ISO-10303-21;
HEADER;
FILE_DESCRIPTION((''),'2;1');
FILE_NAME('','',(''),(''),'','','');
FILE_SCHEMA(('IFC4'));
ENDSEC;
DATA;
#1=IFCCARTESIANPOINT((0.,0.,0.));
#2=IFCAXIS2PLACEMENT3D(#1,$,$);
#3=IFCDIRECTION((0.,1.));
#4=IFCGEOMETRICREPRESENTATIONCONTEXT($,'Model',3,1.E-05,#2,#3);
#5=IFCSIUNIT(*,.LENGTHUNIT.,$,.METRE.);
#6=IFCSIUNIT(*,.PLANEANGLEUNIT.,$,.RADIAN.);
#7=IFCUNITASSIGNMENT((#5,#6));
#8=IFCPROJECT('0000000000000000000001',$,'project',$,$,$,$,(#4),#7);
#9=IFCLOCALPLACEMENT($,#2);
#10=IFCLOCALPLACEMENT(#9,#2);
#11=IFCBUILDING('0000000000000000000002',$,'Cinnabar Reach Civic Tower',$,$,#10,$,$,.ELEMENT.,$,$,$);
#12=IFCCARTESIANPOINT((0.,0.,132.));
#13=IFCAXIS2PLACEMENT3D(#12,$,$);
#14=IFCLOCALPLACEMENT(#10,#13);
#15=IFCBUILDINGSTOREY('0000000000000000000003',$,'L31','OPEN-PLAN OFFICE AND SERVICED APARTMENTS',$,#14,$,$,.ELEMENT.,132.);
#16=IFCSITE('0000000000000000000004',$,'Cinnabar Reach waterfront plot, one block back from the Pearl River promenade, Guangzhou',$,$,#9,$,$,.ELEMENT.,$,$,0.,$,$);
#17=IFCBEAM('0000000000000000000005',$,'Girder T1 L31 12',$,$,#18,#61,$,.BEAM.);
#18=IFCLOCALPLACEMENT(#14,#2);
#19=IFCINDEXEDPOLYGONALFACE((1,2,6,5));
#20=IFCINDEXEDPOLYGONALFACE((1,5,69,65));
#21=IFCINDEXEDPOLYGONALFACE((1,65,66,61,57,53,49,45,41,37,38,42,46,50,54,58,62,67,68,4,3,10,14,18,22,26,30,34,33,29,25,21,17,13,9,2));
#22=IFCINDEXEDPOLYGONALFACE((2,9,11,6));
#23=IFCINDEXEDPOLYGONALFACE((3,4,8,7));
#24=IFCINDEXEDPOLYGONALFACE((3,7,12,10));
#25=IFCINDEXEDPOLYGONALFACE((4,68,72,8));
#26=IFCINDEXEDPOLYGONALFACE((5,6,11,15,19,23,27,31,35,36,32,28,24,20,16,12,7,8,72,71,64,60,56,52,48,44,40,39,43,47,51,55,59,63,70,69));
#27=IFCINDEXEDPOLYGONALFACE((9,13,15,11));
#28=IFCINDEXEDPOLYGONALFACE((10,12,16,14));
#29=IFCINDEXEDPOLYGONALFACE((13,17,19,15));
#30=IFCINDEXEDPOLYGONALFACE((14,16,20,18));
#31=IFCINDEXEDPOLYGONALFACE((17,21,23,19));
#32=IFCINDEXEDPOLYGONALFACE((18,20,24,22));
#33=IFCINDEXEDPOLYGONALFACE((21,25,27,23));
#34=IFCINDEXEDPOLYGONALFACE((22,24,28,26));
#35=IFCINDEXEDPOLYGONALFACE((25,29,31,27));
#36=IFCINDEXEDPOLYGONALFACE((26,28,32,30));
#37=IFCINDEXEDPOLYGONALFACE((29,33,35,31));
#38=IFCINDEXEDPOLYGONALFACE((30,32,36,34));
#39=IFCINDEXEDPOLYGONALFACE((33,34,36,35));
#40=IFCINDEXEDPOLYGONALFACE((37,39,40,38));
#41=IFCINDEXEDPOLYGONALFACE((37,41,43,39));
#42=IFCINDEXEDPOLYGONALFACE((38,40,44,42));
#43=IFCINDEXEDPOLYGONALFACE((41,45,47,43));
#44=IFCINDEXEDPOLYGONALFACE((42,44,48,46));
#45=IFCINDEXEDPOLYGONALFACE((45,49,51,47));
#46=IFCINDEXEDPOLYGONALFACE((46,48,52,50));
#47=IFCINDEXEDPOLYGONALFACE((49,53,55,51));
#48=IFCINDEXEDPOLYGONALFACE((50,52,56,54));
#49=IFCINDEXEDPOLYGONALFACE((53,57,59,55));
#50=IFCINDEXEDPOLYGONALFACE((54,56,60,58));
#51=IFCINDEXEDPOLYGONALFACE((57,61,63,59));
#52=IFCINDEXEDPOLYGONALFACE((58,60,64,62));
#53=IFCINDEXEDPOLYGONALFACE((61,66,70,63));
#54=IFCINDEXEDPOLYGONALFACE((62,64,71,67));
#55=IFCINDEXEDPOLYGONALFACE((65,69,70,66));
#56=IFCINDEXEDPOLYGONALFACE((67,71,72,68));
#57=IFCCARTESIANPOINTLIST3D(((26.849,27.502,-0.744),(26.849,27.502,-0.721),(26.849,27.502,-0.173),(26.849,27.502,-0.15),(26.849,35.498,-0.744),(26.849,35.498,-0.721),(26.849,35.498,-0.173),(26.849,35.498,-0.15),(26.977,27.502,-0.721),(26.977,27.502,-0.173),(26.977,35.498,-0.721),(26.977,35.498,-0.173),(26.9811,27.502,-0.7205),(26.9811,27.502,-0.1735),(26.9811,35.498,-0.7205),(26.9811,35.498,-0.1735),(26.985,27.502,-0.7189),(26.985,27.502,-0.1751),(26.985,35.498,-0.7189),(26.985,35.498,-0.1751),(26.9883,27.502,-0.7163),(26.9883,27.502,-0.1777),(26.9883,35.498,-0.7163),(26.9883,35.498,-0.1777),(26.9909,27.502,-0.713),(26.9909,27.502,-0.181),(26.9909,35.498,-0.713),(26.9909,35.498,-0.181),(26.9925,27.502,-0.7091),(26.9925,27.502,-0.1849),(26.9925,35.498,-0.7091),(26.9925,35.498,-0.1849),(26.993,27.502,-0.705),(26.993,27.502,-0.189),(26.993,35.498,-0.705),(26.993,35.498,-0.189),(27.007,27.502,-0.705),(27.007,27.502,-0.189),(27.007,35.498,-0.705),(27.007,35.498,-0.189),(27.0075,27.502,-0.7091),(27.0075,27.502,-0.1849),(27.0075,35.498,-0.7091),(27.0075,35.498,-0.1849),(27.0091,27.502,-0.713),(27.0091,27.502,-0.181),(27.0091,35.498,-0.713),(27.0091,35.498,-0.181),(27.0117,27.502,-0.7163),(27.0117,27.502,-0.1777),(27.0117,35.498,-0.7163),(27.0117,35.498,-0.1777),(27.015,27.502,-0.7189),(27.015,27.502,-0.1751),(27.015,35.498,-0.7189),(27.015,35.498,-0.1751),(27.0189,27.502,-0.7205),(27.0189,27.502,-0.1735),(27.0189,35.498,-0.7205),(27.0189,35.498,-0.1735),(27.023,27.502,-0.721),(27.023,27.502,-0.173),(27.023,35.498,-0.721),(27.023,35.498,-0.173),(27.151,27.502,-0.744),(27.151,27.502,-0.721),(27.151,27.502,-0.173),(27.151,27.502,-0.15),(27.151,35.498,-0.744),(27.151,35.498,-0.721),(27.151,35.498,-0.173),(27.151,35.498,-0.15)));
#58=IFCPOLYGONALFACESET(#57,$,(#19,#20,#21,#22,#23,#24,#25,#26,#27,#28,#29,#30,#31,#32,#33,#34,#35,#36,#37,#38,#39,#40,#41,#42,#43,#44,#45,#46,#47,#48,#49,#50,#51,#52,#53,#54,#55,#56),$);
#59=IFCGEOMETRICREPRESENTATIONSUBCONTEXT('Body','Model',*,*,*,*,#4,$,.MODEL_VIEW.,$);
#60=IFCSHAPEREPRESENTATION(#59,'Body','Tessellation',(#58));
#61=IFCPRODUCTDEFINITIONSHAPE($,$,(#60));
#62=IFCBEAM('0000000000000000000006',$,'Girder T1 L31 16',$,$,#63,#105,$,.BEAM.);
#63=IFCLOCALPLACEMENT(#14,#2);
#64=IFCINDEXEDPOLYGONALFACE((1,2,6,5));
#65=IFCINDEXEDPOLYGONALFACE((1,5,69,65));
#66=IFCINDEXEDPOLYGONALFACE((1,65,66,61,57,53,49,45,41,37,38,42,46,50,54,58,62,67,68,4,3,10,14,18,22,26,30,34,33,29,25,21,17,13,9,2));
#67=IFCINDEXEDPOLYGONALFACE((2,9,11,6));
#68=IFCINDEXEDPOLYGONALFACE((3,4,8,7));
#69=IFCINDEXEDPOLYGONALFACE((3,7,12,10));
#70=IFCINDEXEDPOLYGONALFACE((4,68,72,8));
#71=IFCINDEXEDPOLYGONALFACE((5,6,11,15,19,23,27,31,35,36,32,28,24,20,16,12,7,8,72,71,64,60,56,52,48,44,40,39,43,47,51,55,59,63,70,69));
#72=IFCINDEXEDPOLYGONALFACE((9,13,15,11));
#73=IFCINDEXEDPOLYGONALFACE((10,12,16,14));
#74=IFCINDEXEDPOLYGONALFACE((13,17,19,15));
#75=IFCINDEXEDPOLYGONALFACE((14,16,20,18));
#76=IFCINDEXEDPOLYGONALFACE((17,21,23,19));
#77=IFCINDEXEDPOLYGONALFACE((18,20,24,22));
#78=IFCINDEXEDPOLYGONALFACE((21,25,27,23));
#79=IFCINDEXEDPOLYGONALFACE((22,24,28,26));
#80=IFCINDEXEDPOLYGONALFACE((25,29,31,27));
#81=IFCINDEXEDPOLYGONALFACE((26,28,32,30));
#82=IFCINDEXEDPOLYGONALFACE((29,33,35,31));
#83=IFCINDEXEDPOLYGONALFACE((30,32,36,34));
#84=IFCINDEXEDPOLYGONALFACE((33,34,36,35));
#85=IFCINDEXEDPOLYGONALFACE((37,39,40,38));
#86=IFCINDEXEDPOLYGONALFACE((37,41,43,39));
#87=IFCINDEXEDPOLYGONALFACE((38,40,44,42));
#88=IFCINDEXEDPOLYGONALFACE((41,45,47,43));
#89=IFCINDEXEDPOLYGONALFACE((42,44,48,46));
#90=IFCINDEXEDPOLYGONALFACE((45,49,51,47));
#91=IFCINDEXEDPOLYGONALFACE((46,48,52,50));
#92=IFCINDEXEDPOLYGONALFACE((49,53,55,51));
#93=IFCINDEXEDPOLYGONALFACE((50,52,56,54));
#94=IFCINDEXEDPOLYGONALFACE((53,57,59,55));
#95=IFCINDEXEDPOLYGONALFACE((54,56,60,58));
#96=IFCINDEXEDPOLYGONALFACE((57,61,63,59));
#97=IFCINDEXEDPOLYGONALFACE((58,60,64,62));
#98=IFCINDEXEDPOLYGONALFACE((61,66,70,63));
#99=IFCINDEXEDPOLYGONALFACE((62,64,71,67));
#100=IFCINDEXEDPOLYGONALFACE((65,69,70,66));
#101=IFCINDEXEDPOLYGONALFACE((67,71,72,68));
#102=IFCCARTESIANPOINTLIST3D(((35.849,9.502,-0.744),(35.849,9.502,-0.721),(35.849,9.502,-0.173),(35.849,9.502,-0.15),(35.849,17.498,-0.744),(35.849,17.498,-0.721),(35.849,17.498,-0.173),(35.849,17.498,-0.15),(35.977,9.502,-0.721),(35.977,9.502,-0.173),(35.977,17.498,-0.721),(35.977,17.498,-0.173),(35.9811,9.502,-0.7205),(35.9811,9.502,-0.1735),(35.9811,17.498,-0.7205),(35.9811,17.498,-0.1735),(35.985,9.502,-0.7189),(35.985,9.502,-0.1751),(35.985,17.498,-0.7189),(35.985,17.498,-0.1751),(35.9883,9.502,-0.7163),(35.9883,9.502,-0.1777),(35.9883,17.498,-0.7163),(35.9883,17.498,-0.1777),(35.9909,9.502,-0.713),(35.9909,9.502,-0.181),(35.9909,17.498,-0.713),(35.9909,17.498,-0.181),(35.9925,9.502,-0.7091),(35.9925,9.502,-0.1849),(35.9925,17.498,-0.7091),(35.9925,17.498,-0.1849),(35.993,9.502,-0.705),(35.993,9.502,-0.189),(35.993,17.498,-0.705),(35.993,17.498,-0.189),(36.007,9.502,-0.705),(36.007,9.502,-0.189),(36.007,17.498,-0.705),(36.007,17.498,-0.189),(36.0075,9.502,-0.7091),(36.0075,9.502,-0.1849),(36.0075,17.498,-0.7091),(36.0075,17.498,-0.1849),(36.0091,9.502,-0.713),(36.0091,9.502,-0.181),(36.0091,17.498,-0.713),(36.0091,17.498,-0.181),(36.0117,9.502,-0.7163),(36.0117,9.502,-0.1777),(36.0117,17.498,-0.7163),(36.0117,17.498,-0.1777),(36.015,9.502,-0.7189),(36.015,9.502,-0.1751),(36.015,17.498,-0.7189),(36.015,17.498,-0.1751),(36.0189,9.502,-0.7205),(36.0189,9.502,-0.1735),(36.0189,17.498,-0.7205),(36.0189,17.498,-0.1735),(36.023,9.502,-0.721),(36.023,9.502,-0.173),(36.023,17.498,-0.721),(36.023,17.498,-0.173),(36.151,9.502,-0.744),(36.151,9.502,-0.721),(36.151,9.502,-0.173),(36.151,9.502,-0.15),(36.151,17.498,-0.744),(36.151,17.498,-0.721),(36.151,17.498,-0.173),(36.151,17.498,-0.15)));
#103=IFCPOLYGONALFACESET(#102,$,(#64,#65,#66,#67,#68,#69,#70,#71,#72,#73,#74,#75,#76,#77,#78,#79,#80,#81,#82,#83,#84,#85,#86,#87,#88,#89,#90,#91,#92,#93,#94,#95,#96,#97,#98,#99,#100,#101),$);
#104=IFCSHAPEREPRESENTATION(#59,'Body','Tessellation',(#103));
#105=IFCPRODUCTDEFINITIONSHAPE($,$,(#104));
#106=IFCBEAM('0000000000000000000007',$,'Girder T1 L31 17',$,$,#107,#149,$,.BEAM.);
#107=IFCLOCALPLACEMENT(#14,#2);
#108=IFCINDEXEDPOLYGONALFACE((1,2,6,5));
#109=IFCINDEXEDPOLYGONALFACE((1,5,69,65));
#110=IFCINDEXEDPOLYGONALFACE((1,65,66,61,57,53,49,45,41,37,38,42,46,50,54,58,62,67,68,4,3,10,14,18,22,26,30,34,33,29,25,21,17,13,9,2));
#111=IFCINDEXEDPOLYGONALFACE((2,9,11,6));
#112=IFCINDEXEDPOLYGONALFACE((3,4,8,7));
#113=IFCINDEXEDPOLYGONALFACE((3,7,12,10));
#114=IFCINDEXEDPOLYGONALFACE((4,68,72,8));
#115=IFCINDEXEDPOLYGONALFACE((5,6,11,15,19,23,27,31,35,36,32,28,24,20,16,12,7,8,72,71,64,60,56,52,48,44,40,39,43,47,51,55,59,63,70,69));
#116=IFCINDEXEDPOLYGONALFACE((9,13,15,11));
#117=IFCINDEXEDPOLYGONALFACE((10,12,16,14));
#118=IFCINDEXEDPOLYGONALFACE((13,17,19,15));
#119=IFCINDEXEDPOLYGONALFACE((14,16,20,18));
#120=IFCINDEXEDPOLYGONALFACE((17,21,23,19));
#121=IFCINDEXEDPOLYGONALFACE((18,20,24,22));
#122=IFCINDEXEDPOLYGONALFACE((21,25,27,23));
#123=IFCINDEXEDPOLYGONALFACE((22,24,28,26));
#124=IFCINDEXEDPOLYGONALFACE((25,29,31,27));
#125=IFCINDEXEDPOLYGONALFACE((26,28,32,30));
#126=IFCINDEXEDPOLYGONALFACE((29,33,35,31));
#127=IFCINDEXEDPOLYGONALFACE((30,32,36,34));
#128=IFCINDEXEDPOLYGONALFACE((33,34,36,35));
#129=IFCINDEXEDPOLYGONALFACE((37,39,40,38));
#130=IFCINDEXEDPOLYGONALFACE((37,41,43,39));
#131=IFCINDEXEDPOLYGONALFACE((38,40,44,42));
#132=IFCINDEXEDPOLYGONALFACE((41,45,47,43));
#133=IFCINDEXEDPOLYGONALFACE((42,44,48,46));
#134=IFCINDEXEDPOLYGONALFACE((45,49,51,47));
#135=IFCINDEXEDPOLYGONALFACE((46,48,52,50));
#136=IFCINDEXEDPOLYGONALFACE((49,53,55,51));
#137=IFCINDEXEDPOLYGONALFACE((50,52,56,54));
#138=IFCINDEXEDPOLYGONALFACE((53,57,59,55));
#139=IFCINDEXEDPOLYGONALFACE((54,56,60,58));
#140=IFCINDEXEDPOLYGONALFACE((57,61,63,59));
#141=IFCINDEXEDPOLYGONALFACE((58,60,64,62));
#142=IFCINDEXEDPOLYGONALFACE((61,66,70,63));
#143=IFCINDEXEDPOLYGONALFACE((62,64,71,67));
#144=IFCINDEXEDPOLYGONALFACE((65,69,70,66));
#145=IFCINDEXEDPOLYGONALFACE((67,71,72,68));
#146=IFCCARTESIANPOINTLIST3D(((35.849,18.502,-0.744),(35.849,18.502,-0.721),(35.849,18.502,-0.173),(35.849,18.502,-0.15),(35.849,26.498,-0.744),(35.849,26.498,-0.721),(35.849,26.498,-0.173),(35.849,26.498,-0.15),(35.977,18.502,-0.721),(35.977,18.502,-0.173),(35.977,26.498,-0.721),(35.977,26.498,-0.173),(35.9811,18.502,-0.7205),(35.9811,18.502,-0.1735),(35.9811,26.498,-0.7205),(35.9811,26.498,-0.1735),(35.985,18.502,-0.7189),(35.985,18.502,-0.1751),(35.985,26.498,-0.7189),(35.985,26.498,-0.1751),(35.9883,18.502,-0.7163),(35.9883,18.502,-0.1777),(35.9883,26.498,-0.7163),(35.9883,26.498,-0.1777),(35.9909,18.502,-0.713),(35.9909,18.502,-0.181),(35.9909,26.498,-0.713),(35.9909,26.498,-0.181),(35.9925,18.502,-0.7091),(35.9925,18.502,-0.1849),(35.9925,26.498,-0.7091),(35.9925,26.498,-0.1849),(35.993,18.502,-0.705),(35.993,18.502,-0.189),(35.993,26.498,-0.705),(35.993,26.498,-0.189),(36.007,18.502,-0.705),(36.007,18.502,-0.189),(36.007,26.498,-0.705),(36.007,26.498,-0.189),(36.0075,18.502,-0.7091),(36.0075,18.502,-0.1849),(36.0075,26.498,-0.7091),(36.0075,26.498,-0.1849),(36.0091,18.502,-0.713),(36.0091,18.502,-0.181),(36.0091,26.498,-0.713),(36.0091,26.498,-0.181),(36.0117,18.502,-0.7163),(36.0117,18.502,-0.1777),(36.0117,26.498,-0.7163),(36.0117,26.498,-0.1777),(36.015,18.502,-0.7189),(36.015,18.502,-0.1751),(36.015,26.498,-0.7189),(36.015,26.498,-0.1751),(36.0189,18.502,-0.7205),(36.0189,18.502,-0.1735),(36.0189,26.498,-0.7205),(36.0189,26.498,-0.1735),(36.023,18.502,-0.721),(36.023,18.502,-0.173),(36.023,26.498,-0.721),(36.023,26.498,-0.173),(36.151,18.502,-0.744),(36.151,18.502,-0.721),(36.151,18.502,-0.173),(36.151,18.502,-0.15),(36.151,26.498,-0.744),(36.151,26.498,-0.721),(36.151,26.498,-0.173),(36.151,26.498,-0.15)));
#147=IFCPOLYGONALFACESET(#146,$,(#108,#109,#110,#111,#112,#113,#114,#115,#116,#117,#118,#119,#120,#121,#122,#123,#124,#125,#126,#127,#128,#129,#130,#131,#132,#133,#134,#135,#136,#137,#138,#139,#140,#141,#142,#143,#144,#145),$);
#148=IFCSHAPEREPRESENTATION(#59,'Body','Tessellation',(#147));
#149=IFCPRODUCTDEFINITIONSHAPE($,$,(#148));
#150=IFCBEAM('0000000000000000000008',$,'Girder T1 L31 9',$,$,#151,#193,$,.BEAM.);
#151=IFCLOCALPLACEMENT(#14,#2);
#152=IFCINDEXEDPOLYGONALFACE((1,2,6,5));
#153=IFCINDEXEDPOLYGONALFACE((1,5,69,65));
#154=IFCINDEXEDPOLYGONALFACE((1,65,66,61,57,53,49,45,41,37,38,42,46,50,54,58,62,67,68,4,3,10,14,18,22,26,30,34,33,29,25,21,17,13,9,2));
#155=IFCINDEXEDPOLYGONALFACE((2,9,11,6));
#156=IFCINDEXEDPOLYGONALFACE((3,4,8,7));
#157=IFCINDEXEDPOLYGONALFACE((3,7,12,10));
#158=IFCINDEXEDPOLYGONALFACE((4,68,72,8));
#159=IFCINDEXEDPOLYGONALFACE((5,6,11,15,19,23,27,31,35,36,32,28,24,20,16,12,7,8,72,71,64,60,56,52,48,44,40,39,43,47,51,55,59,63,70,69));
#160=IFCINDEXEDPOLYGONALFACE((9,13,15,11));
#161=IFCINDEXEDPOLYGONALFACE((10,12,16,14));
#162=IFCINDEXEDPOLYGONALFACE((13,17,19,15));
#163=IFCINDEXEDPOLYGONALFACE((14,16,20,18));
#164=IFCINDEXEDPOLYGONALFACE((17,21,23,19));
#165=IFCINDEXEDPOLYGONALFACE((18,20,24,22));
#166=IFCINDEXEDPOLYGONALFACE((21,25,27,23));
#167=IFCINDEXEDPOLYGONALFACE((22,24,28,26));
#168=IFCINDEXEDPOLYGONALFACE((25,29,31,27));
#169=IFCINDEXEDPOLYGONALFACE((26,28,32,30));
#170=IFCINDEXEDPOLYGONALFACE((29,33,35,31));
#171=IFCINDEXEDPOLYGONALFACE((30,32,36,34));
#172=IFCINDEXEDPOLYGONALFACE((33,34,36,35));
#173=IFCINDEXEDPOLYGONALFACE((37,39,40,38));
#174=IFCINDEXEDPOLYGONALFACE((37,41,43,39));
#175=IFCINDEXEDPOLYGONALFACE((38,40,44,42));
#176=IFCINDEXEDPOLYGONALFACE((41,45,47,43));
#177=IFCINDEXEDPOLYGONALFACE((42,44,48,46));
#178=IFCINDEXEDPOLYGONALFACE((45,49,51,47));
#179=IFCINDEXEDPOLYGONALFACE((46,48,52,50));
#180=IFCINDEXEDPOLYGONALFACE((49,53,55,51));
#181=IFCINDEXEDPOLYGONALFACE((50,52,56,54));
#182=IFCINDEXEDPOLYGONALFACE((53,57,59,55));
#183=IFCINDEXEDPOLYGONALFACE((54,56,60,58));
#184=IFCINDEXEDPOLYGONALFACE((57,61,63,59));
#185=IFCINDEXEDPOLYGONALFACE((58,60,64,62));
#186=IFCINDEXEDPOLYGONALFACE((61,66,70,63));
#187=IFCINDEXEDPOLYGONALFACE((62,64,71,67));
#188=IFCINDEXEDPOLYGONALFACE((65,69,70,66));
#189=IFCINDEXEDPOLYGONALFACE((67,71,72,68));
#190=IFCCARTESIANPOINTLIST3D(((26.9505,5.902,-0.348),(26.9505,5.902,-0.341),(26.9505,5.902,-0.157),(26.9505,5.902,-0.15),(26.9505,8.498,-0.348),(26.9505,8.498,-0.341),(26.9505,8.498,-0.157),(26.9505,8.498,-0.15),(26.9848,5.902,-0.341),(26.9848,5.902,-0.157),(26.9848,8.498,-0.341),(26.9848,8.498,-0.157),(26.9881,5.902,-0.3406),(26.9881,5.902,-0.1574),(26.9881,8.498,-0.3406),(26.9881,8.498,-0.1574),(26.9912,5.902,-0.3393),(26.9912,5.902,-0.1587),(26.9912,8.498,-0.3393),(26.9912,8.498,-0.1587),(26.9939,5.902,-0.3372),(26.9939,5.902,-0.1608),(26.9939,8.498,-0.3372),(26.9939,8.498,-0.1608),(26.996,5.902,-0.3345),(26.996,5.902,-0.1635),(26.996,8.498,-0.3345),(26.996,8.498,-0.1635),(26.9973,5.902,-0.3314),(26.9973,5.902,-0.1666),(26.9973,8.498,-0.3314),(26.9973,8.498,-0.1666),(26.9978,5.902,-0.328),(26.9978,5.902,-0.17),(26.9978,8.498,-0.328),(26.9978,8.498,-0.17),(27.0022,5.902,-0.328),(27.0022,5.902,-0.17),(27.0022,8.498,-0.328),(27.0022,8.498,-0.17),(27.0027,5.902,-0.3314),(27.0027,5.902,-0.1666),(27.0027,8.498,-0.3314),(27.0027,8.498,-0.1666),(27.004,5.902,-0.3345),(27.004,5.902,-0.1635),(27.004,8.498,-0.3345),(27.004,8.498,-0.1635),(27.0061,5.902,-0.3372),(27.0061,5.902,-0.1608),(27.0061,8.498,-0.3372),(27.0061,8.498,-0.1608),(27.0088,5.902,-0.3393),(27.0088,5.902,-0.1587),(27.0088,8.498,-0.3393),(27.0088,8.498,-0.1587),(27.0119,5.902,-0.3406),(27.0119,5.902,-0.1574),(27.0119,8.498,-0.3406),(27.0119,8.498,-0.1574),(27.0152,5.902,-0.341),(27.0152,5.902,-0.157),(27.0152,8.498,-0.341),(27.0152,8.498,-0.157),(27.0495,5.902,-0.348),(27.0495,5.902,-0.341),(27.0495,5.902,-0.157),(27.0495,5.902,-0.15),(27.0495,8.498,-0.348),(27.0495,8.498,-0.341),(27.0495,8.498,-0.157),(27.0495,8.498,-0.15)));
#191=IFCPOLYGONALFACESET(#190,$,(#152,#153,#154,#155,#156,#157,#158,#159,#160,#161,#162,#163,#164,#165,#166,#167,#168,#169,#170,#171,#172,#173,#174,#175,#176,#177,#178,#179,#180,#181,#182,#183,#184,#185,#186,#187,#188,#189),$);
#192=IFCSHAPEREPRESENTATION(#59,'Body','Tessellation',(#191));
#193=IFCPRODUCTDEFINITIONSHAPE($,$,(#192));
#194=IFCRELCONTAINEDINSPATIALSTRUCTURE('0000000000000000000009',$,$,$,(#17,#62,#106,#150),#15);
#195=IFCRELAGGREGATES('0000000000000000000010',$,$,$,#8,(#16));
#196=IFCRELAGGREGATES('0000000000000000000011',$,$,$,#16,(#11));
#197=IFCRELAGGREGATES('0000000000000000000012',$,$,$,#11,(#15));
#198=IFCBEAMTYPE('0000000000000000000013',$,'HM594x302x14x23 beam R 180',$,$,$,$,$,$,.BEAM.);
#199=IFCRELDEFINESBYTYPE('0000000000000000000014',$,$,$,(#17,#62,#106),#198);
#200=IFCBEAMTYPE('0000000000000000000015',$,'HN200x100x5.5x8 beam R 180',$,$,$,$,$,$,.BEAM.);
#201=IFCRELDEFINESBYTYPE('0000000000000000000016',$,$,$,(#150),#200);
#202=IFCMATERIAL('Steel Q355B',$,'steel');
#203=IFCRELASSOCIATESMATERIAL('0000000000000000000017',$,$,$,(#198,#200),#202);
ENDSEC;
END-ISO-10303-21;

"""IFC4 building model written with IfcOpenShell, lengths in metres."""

from ifc_helpers import new_model, si_unit, direction, frame, origin, origin_2d, place, context, subcontext, project, spatial, i_section, extrude, material, material_profile, profile_set, type_object, element, save


model = new_model("IFC4")

# Units and contexts
model_context = context("Model", 3, precision=1e-05, world=origin(), true_north=direction((0.0, 1.0)))
body_context = subcontext(model_context, "Body", "Model", "MODEL_VIEW")
ifc_project = project(units=[si_unit("LENGTHUNIT", "METRE"), si_unit("PLANEANGLEUNIT", "RADIAN")], contexts=[model_context])

# Site, building, storey
site_placement = place(None, origin())
site = spatial("IfcSite", under=ifc_project, at=site_placement, Name="Cinnabar Reach waterfront plot, one block back from the Pearl River promenade, Guangzhou", CompositionType="ELEMENT", RefElevation=0.0)
building_placement = place(site_placement, origin())
building = spatial("IfcBuilding", under=site, at=building_placement, Name="Cinnabar Reach Civic Tower", CompositionType="ELEMENT")
storey_placement = place(building_placement, frame((0.0, 0.0, 132.0)))
storey = spatial("IfcBuildingStorey", under=building, at=storey_placement, Name="L31", Description="OPEN-PLAN OFFICE AND SERVICED APARTMENTS", CompositionType="ELEMENT", Elevation=132.0)

# Beams
ifc_material_1 = material(Name="Steel Q355B", Category="steel")
ifc_material_profile_1 = material_profile(ifc_material_1, i_section(OverallWidth=0.302, OverallDepth=0.594, WebThickness=0.014, FlangeThickness=0.023, FilletRadius=0.016, at=origin_2d()), Name="HM594x302x14x23")
ifc_profile_set_1 = profile_set([ifc_material_profile_1], Name="Steel Q355B")
beam_type_1 = type_object("IfcBeamType", Name="HM594x302x14x23 beam R 180", PredefinedType="BEAM", material=ifc_profile_set_1)
for number, where, z_axis, x_axis, name in (
    (1, (27.0, 27.502, -0.447), (0.0, 1.0, 0.0), (-1.0, 0.0, 0.0), "Girder T1 L31 12"),
    (2, (36.0, 9.502, -0.447), (0.0, 1.0, 0.0), (-1.0, 0.0, 0.0), "Girder T1 L31 16"),
    (3, (36.0, 18.502, -0.447), (0.0, 1.0, 0.0), (-1.0, 0.0, 0.0), "Girder T1 L31 17"),
):
    element("IfcBeam", number, at=place(storey_placement, frame(where, z_axis=z_axis, x_axis=x_axis)), inside=storey, type_object=beam_type_1, Name=name, PredefinedType="BEAM", context=body_context, shape_type="SweptSolid", body=[
        extrude(i_section(OverallWidth=0.302, OverallDepth=0.594, WebThickness=0.014, FlangeThickness=0.023, FilletRadius=0.016, at=origin_2d()), origin(), (0.0, 0.0, 1.0), 7.996),
    ])
ifc_material_profile_2 = material_profile(ifc_material_1, i_section(OverallWidth=0.099, OverallDepth=0.198, WebThickness=0.0045, FlangeThickness=0.007, FilletRadius=0.013, at=origin_2d()), Name="HN200x100x5.5x8")
ifc_profile_set_2 = profile_set([ifc_material_profile_2], Name="Steel Q355B")
beam_type_2 = type_object("IfcBeamType", Name="HN200x100x5.5x8 beam R 180", PredefinedType="BEAM", material=ifc_profile_set_2)
for number, where, z_axis, x_axis, name in (
    (4, (27.0, 5.902, -0.249), (0.0, 1.0, 0.0), (-1.0, 0.0, 0.0), "Girder T1 L31 9"),
):
    element("IfcBeam", number, at=place(storey_placement, frame(where, z_axis=z_axis, x_axis=x_axis)), inside=storey, type_object=beam_type_2, Name=name, PredefinedType="BEAM", context=body_context, shape_type="SweptSolid", body=[
        extrude(i_section(OverallWidth=0.099, OverallDepth=0.198, WebThickness=0.0045, FlangeThickness=0.007, FilletRadius=0.013, at=origin_2d()), origin(), (0.0, 0.0, 1.0), 2.596),
    ])

save(model, "model.ifc")
